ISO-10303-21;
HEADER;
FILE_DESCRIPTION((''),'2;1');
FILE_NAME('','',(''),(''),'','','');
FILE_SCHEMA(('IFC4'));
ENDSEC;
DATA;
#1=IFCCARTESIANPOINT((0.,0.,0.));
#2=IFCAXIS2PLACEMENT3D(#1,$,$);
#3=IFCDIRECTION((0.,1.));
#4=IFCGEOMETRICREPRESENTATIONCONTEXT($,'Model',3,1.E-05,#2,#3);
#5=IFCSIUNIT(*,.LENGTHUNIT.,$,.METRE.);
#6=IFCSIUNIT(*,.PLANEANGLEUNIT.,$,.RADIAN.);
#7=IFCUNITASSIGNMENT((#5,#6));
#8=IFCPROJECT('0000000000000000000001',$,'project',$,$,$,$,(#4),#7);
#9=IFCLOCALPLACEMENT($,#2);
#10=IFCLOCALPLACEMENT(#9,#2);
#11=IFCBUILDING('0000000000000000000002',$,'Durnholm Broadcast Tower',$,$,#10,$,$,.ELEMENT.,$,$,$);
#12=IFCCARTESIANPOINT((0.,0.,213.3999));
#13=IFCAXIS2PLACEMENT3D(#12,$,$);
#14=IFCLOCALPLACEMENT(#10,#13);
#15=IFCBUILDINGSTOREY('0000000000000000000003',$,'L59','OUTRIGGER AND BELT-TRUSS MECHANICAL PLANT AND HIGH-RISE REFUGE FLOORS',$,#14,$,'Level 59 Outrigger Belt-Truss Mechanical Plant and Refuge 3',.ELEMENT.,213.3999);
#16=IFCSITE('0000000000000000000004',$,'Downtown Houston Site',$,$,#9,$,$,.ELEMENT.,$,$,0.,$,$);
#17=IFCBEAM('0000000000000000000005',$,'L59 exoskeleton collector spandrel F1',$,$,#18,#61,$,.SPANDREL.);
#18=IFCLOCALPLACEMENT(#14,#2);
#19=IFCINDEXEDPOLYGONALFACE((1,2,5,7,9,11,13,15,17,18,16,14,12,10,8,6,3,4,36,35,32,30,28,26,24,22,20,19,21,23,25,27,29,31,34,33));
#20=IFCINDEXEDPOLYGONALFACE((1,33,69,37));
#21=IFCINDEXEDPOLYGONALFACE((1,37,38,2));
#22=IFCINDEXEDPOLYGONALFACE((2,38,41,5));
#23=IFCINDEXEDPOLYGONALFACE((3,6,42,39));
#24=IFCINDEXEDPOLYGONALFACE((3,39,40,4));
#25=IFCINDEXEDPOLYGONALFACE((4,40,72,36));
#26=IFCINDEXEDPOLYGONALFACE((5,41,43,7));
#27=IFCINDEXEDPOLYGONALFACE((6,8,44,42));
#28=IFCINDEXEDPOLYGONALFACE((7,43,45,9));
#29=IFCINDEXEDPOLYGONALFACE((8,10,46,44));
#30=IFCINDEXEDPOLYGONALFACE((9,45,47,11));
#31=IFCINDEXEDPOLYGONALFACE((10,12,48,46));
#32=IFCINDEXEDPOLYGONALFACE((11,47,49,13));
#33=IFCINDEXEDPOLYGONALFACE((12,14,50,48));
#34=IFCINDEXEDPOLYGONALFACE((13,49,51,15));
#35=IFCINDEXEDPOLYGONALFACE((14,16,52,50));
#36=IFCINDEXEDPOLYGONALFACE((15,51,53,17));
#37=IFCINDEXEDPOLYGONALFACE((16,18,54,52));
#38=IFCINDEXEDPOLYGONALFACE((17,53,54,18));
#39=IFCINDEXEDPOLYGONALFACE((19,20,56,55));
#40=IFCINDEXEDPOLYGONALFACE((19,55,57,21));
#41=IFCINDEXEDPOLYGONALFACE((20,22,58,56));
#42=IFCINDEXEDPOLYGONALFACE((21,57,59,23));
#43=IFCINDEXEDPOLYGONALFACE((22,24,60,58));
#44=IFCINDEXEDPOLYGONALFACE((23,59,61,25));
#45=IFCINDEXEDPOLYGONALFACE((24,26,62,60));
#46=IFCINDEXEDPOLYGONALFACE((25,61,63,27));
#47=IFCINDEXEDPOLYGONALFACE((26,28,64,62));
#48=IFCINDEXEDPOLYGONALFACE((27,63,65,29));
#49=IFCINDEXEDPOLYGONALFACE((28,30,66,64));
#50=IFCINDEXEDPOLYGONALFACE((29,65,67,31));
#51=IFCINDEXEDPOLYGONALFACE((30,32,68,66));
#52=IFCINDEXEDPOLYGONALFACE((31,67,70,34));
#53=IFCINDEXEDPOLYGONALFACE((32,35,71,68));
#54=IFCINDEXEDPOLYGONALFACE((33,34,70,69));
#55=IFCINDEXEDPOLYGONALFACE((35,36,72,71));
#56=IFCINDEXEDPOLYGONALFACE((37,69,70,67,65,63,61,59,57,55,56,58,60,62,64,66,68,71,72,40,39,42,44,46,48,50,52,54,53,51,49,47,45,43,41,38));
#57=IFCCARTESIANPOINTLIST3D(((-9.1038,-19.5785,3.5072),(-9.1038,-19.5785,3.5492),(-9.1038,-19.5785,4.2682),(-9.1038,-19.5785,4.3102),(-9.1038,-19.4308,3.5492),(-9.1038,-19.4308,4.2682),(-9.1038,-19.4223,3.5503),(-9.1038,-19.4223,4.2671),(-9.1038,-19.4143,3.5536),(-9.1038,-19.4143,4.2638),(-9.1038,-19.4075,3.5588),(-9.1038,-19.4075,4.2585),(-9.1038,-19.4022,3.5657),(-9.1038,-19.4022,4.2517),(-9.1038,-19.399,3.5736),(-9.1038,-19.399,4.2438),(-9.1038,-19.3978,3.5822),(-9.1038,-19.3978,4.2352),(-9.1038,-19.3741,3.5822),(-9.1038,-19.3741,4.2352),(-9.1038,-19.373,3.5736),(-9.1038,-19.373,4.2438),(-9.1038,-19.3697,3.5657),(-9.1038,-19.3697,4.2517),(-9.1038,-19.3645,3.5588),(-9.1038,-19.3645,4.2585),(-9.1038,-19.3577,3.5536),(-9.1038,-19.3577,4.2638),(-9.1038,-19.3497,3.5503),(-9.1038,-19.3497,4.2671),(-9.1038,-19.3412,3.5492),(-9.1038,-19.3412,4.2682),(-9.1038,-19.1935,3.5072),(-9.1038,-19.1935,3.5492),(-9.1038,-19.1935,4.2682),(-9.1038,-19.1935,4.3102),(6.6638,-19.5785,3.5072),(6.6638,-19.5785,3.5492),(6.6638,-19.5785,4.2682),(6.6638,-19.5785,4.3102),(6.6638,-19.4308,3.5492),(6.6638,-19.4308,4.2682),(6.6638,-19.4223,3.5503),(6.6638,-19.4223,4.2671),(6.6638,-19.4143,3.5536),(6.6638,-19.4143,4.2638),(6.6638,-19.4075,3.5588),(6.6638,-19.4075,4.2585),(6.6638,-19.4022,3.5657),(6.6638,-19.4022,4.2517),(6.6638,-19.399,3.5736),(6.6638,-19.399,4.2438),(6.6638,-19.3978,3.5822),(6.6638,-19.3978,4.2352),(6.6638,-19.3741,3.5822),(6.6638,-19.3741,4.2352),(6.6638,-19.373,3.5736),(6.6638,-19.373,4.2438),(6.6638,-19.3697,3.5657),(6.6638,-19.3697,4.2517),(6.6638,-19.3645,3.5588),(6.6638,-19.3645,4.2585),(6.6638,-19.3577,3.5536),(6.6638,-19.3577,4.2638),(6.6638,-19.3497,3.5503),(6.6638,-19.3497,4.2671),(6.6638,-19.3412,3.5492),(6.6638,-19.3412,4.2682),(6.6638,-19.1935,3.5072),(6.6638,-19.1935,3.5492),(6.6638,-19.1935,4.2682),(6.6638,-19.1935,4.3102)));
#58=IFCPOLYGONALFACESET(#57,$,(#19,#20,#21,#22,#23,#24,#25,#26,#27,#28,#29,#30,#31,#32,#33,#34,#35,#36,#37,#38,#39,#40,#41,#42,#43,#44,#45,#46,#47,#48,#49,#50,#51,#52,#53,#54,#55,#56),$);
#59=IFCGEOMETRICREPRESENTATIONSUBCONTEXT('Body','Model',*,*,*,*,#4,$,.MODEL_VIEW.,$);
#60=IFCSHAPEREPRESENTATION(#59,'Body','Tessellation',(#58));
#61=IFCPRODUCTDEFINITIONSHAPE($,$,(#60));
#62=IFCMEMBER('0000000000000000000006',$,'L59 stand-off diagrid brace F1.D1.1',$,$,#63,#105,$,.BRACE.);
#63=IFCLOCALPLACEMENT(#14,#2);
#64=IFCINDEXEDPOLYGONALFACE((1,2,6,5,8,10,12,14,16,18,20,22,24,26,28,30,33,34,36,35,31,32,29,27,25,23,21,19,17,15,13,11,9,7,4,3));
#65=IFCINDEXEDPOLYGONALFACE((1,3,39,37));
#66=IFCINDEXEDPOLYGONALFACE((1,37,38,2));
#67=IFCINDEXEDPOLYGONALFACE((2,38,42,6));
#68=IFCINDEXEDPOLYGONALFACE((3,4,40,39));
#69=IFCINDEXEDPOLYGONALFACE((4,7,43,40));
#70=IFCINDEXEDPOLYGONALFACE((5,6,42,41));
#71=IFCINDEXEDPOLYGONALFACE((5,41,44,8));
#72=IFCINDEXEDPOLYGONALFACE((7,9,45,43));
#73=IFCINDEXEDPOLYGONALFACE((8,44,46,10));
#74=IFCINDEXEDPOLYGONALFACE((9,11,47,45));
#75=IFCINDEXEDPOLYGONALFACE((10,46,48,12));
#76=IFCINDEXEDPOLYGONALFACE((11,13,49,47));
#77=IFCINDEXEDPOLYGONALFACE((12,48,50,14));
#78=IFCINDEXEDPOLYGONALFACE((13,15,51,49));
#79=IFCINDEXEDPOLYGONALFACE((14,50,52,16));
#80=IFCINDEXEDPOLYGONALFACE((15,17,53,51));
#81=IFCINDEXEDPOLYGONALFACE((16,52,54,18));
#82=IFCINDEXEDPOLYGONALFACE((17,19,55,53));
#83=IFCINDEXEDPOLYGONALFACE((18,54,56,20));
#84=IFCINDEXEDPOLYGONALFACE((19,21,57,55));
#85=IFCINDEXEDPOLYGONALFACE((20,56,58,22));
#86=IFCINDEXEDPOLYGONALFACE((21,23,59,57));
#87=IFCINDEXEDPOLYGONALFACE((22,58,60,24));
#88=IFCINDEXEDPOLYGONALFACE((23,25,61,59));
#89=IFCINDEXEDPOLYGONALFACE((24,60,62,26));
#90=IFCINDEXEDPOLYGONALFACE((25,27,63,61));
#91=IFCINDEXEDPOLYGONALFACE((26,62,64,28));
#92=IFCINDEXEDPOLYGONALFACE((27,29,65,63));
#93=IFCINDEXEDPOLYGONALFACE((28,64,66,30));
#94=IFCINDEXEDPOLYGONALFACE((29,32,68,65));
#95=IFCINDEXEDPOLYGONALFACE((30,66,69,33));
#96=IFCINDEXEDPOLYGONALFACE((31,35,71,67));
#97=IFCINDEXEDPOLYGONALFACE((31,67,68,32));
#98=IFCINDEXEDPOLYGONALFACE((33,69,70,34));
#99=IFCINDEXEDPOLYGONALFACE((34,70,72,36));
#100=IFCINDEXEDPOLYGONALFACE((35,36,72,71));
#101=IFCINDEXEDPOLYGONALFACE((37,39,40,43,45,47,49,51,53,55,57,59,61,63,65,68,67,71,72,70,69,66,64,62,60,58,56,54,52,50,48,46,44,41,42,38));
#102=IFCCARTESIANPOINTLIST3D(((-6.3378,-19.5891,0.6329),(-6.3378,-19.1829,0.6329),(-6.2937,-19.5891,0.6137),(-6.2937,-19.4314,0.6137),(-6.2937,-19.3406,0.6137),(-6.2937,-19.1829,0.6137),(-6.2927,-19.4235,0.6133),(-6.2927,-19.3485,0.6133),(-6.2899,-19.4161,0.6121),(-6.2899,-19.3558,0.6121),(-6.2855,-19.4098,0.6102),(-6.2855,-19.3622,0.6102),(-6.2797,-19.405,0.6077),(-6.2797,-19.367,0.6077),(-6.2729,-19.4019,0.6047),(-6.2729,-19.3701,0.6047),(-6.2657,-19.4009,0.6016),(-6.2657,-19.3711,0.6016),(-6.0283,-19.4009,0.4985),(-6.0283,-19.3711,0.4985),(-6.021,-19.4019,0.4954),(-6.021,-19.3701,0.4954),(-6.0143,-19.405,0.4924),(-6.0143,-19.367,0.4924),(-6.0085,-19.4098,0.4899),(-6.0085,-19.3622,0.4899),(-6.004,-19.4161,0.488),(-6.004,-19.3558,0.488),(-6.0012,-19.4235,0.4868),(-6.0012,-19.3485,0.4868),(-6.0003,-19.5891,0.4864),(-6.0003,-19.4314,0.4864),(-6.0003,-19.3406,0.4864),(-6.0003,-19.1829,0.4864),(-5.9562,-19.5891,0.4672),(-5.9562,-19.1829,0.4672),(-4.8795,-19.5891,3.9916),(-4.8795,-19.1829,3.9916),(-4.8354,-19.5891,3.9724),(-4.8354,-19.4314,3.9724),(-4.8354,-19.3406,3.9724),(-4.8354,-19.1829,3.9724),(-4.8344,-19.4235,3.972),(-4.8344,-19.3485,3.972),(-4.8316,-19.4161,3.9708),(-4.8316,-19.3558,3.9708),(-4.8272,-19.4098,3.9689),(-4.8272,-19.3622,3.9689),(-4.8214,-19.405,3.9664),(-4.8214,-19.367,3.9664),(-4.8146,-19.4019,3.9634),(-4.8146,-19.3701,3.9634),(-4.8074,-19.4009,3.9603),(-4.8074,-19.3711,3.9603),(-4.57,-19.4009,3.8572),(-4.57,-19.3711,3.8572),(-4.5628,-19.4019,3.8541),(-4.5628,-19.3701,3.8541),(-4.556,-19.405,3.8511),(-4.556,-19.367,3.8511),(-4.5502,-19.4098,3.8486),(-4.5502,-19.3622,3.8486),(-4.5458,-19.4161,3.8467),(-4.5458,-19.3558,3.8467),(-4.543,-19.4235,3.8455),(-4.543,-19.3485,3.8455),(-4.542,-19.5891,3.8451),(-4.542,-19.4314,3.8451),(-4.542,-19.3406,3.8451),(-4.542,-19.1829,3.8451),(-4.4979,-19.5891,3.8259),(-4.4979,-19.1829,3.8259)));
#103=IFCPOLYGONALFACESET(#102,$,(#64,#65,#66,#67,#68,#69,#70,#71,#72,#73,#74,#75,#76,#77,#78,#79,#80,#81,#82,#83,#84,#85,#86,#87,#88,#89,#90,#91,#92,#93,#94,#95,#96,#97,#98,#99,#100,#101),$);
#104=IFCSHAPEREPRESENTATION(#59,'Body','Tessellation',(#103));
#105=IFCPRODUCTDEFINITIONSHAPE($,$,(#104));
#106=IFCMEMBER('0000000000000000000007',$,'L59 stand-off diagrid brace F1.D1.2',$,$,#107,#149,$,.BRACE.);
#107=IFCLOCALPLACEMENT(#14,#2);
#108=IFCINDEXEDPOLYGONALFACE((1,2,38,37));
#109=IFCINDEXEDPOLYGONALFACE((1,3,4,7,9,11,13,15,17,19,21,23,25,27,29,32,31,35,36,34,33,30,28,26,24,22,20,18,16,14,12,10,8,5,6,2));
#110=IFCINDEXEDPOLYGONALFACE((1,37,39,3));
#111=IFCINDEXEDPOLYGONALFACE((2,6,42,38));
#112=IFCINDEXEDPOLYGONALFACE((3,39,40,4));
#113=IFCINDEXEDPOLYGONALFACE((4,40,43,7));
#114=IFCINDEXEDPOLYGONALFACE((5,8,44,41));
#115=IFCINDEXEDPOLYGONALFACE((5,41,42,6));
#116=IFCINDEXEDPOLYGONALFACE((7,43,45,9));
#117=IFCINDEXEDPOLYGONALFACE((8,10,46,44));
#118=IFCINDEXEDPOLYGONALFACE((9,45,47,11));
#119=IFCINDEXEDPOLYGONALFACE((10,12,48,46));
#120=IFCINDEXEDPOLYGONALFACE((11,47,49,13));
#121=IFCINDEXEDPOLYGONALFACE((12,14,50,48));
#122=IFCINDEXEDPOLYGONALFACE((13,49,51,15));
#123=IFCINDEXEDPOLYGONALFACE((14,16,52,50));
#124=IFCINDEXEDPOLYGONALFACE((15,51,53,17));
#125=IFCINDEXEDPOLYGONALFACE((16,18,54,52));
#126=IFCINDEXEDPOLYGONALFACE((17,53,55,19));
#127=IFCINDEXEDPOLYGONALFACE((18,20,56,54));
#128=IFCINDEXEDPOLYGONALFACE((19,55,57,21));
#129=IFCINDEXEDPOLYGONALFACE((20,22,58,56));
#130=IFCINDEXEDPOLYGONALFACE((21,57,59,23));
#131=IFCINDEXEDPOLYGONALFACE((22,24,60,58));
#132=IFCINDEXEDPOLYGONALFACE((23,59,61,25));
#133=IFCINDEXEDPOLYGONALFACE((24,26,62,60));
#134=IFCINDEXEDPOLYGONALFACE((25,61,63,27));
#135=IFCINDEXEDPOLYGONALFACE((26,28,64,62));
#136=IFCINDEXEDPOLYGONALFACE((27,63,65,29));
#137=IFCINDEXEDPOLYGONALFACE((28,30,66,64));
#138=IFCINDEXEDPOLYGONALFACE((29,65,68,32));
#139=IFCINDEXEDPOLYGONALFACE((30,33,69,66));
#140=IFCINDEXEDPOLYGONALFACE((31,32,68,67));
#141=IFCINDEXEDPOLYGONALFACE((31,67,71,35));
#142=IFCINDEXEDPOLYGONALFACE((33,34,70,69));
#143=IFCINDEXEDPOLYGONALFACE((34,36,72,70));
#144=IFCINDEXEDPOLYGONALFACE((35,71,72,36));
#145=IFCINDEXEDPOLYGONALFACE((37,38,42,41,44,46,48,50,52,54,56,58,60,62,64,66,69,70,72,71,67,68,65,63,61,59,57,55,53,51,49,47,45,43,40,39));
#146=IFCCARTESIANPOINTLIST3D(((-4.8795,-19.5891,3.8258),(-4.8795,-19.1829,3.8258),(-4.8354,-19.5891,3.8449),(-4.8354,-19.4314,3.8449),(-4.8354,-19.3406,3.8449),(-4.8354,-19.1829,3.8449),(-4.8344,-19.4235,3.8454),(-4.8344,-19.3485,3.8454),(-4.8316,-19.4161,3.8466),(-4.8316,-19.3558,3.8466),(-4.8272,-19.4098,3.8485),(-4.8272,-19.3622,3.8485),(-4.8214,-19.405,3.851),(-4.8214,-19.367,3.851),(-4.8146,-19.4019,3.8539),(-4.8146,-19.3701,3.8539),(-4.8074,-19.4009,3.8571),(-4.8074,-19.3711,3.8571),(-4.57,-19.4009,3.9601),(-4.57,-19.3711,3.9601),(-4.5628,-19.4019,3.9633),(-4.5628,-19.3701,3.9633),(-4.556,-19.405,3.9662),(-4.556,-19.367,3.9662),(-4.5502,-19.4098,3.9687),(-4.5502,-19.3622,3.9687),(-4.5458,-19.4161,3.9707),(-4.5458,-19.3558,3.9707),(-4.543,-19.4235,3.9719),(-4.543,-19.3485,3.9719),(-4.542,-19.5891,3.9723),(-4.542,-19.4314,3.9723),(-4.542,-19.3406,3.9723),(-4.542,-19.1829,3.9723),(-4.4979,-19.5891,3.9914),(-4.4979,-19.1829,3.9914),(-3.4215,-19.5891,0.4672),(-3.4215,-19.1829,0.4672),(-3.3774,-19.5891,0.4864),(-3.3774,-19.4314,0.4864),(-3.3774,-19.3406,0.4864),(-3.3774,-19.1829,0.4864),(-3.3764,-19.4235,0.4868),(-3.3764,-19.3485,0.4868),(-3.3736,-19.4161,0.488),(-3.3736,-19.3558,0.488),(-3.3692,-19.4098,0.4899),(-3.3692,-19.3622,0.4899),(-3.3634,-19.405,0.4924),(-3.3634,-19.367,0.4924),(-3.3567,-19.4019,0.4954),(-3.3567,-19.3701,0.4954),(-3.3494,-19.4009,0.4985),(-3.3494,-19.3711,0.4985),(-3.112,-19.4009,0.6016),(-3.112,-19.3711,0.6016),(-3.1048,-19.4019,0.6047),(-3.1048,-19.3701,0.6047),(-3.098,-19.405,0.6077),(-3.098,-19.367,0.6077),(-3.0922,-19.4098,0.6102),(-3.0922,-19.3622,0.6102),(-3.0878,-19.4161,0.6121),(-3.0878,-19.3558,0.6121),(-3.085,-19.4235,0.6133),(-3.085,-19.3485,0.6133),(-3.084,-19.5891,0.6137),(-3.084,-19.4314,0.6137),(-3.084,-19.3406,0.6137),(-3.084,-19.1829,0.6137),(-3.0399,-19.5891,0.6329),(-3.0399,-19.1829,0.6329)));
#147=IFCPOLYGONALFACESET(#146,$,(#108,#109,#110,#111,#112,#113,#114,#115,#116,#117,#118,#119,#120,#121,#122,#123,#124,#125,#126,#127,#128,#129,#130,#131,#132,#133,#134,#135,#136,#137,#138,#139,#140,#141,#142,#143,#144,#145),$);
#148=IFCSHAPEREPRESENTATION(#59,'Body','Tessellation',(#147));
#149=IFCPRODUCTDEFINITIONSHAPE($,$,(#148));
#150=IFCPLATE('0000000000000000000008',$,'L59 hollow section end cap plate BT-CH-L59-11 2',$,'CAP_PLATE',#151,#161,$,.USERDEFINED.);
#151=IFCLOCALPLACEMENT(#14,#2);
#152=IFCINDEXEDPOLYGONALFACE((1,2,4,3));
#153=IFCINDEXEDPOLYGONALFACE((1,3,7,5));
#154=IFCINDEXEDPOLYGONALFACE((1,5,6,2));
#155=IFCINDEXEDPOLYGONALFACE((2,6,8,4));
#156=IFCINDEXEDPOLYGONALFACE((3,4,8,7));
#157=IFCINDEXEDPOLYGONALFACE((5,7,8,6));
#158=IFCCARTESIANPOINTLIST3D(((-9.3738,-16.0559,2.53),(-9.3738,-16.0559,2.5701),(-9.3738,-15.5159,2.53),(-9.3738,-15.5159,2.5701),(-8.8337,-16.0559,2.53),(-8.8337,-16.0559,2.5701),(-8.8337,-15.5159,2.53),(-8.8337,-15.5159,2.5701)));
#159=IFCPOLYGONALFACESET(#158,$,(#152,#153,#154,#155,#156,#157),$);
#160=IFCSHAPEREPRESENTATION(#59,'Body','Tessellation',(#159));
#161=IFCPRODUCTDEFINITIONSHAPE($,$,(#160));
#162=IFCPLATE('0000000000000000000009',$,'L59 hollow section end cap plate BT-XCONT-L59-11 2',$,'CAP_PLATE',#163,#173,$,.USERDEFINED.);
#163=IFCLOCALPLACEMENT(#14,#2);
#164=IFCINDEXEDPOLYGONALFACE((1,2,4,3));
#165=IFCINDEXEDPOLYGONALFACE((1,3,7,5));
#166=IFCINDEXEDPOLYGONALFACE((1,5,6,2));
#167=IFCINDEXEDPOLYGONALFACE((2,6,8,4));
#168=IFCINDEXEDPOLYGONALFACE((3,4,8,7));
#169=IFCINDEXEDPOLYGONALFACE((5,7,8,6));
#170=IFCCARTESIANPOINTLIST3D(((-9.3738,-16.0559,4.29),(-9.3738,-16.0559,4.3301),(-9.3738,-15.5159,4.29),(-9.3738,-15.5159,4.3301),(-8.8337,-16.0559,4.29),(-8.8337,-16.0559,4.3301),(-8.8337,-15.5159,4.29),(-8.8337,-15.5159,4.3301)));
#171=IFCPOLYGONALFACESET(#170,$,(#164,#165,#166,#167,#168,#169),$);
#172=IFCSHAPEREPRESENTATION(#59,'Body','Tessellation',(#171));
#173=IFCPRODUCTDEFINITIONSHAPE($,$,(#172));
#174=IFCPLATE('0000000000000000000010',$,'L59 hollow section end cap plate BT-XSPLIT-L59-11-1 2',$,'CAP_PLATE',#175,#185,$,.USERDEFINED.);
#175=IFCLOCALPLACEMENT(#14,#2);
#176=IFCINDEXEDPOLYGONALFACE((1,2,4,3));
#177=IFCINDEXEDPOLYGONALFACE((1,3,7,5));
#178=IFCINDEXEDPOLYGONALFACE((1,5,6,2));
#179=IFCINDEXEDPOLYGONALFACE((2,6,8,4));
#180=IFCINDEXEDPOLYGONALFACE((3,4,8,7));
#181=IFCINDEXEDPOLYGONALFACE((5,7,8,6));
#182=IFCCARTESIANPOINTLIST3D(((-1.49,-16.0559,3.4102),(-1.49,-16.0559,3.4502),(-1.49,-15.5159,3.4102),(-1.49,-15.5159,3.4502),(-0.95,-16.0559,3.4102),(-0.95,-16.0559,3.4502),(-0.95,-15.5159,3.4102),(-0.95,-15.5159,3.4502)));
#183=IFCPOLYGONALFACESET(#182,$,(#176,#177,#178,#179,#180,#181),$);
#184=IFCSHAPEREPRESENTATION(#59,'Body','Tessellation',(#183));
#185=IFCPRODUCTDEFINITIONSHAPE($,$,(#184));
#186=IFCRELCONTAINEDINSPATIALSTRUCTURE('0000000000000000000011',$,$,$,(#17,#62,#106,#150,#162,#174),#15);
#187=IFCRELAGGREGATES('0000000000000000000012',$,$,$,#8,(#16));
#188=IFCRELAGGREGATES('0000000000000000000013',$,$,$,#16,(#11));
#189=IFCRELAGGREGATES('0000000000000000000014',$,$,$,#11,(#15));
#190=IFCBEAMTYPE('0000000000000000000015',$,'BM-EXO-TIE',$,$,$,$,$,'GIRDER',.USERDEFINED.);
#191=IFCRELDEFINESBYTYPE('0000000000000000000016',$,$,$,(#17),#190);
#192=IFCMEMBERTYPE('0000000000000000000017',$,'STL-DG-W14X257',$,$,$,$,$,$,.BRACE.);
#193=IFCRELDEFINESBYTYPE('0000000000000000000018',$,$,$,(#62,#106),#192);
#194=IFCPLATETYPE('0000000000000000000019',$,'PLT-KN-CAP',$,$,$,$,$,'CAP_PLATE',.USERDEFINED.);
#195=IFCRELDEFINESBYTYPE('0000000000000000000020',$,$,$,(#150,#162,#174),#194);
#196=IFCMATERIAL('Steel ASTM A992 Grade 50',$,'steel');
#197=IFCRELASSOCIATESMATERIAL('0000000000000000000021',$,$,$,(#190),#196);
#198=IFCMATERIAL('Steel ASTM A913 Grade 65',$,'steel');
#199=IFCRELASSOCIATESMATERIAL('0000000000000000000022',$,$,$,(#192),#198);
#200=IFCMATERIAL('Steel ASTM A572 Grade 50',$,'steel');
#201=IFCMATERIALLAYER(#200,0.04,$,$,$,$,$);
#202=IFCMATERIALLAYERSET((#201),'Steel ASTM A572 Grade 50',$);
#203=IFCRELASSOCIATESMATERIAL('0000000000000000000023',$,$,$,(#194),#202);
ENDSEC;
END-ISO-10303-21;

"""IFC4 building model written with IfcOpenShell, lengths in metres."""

from ifc_helpers import new_model, si_unit, direction, frame, origin, origin_2d, place, context, subcontext, project, spatial, rectangle, i_section, extrude, source, transform, mapped, material, layer, layer_set, material_profile, profile_set, type_object, type_shapes, element, save


model = new_model("IFC4")

# Units and contexts
model_context = context("Model", 3, precision=1e-05, world=origin(), true_north=direction((0.0, 1.0)))
body_context = subcontext(model_context, "Body", "Model", "MODEL_VIEW")
ifc_project = project(units=[si_unit("LENGTHUNIT", "METRE"), si_unit("PLANEANGLEUNIT", "RADIAN")], contexts=[model_context])

# Site, building, storey
site_placement = place(None, origin())
site = spatial("IfcSite", under=ifc_project, at=site_placement, Name="Downtown Houston Site", CompositionType="ELEMENT", RefElevation=0.0)
building_placement = place(site_placement, origin())
building = spatial("IfcBuilding", under=site, at=building_placement, Name="Durnholm Broadcast Tower", CompositionType="ELEMENT")
storey_placement = place(building_placement, frame((0.0, 0.0, 213.3999)))
storey = spatial("IfcBuildingStorey", under=building, at=storey_placement, Name="L59", Description="OUTRIGGER AND BELT-TRUSS MECHANICAL PLANT AND HIGH-RISE REFUGE FLOORS", LongName="Level 59 Outrigger Belt-Truss Mechanical Plant and Refuge 3", CompositionType="ELEMENT", Elevation=213.3999)

# Shared definitions
ifc_material_1 = material(Name="Steel ASTM A992 Grade 50", Category="steel")
ifc_material_profile_1 = material_profile(ifc_material_1, i_section(OverallWidth=0.385, OverallDepth=0.803, WebThickness=0.0237, FlangeThickness=0.042, FilletRadius=0.033, at=origin_2d()), Name="W30X261")
ifc_profile_set_1 = profile_set([ifc_material_profile_1], Name="Steel ASTM A992 Grade 50")
beam_type_1 = type_object("IfcBeamType", Name="BM-EXO-TIE", ElementType="GIRDER", PredefinedType="USERDEFINED", material=ifc_profile_set_1)

# Shared definitions
ifc_material_2 = material(Name="Steel ASTM A913 Grade 65", Category="steel")

# Beam
shared_shape_1 = source(origin(), body_context, "Body", "SweptSolid", [
    extrude(i_section(OverallWidth=0.385, OverallDepth=0.803, WebThickness=0.0237, FlangeThickness=0.042, FilletRadius=0.033, at=origin_2d()), origin(), (0.0, 0.0, 1.0), 15.7676),
])
for number, where, z_axis, x_axis, name in (
    (1, (-9.1038, -19.386, 3.9087), (1.0, 0.0, 0.0), (0.0, 1.0, 0.0), "L59 exoskeleton collector spandrel F1"),
):
    element("IfcBeam", number, at=place(storey_placement, frame(where, z_axis=z_axis, x_axis=x_axis)), inside=storey, type_object=beam_type_1, Name=name, PredefinedType="SPANDREL", context=body_context, shape_type="MappedRepresentation", body=[
        mapped(shared_shape_1, transform((0.0, 0.0, 0.0), x_axis=(1.0, 0.0, 0.0), y_axis=(0.0, 1.0, 0.0), z_axis=(0.0, 0.0, 1.0), scale=1.0)),
    ])

# Members
ifc_material_profile_2 = material_profile(ifc_material_2, i_section(OverallWidth=0.4062, OverallDepth=0.416, WebThickness=0.0298, FlangeThickness=0.0481, FilletRadius=0.0305, at=origin_2d()), Name="W14X257")
ifc_profile_set_2 = profile_set([ifc_material_profile_2], Name="Steel ASTM A913 Grade 65")
member_type_1 = type_object("IfcMemberType", Name="STL-DG-W14X257", PredefinedType="BRACE", material=ifc_profile_set_2)
shared_shape_2 = source(origin(), body_context, "Body", "SweptSolid", [
    extrude(i_section(OverallWidth=0.4062, OverallDepth=0.416, WebThickness=0.0298, FlangeThickness=0.0481, FilletRadius=0.0305, at=origin_2d()), origin(), (0.0, 0.0, 1.0), 3.6616),
])
member_1_placement = place(storey_placement, frame((-6.147, -19.386, 0.55), z_axis=(0.39826, 0.0, 0.917272), x_axis=(0.0, 1.0, 0.0)))
element("IfcMember", 2, at=member_1_placement, inside=storey, type_object=member_type_1, Name="L59 stand-off diagrid brace F1.D1.1", PredefinedType="BRACE", context=body_context, shape_type="MappedRepresentation", body=[
    mapped(shared_shape_2, transform((0.0, 0.0, 0.0), x_axis=(1.0, 0.0, 0.0), y_axis=(0.0, 1.0, 0.0), z_axis=(0.0, 0.0, 1.0), scale=1.0)),
])
shared_shape_3 = source(origin(), body_context, "Body", "SweptSolid", [
    extrude(i_section(OverallWidth=0.4062, OverallDepth=0.416, WebThickness=0.0298, FlangeThickness=0.0481, FilletRadius=0.0305, at=origin_2d()), origin(), (0.0, 0.0, 1.0), 3.6614),
])
type_shapes(member_type_1, [shared_shape_2, shared_shape_3])
member_2_placement = place(storey_placement, frame((-3.2307, -19.386, 0.55), z_axis=(-0.398204, 0.0, 0.917297), x_axis=(0.0, -1.0, 0.0)))
element("IfcMember", 3, at=member_2_placement, inside=storey, type_object=member_type_1, Name="L59 stand-off diagrid brace F1.D1.2", PredefinedType="BRACE", context=body_context, shape_type="MappedRepresentation", body=[
    mapped(shared_shape_3, transform((0.0, 0.0, 0.0), x_axis=(1.0, 0.0, 0.0), y_axis=(0.0, 1.0, 0.0), z_axis=(0.0, 0.0, 1.0), scale=1.0)),
])

# Plates
ifc_material_3 = material(Name="Steel ASTM A572 Grade 50", Category="steel")
ifc_layer_1 = layer(ifc_material_3, 0.04)
ifc_layer_set_1 = layer_set([ifc_layer_1], Name="Steel ASTM A572 Grade 50")
plate_type_1 = type_object("IfcPlateType", Name="PLT-KN-CAP", ElementType="CAP_PLATE", PredefinedType="USERDEFINED", material=ifc_layer_set_1)
shared_shape_4 = source(origin(), body_context, "Body", "SweptSolid", [
    extrude(rectangle(XDim=0.54, YDim=0.54, at=origin_2d()), origin(), (0.0, 0.0, 1.0), 0.04),
])
type_shapes(plate_type_1, [shared_shape_4])
for number, where, z_axis, x_axis, name in (
    (4, (-9.1038, -15.7859, 2.53), (0.0, 0.0, 1.0), (-1.0, 0.0, 0.0), "L59 hollow section end cap plate BT-CH-L59-11 2"),
    (5, (-9.1038, -15.7859, 4.29), (0.0, 0.0, 1.0), (-1.0, 0.0, 0.0), "L59 hollow section end cap plate BT-XCONT-L59-11 2"),
    (6, (-1.22, -15.7859, 3.4102), (0.0, 0.0, 1.0), (1.0, 0.0, 0.0), "L59 hollow section end cap plate BT-XSPLIT-L59-11-1 2"),
):
    element("IfcPlate", number, at=place(storey_placement, frame(where, z_axis=z_axis, x_axis=x_axis)), inside=storey, type_object=plate_type_1, Name=name, ObjectType="CAP_PLATE", PredefinedType="USERDEFINED", context=body_context, shape_type="MappedRepresentation", body=[
        mapped(shared_shape_4, transform((0.0, 0.0, 0.0), x_axis=(1.0, 0.0, 0.0), y_axis=(0.0, 1.0, 0.0), z_axis=(0.0, 0.0, 1.0), scale=1.0)),
    ])

save(model, "model.ifc")
